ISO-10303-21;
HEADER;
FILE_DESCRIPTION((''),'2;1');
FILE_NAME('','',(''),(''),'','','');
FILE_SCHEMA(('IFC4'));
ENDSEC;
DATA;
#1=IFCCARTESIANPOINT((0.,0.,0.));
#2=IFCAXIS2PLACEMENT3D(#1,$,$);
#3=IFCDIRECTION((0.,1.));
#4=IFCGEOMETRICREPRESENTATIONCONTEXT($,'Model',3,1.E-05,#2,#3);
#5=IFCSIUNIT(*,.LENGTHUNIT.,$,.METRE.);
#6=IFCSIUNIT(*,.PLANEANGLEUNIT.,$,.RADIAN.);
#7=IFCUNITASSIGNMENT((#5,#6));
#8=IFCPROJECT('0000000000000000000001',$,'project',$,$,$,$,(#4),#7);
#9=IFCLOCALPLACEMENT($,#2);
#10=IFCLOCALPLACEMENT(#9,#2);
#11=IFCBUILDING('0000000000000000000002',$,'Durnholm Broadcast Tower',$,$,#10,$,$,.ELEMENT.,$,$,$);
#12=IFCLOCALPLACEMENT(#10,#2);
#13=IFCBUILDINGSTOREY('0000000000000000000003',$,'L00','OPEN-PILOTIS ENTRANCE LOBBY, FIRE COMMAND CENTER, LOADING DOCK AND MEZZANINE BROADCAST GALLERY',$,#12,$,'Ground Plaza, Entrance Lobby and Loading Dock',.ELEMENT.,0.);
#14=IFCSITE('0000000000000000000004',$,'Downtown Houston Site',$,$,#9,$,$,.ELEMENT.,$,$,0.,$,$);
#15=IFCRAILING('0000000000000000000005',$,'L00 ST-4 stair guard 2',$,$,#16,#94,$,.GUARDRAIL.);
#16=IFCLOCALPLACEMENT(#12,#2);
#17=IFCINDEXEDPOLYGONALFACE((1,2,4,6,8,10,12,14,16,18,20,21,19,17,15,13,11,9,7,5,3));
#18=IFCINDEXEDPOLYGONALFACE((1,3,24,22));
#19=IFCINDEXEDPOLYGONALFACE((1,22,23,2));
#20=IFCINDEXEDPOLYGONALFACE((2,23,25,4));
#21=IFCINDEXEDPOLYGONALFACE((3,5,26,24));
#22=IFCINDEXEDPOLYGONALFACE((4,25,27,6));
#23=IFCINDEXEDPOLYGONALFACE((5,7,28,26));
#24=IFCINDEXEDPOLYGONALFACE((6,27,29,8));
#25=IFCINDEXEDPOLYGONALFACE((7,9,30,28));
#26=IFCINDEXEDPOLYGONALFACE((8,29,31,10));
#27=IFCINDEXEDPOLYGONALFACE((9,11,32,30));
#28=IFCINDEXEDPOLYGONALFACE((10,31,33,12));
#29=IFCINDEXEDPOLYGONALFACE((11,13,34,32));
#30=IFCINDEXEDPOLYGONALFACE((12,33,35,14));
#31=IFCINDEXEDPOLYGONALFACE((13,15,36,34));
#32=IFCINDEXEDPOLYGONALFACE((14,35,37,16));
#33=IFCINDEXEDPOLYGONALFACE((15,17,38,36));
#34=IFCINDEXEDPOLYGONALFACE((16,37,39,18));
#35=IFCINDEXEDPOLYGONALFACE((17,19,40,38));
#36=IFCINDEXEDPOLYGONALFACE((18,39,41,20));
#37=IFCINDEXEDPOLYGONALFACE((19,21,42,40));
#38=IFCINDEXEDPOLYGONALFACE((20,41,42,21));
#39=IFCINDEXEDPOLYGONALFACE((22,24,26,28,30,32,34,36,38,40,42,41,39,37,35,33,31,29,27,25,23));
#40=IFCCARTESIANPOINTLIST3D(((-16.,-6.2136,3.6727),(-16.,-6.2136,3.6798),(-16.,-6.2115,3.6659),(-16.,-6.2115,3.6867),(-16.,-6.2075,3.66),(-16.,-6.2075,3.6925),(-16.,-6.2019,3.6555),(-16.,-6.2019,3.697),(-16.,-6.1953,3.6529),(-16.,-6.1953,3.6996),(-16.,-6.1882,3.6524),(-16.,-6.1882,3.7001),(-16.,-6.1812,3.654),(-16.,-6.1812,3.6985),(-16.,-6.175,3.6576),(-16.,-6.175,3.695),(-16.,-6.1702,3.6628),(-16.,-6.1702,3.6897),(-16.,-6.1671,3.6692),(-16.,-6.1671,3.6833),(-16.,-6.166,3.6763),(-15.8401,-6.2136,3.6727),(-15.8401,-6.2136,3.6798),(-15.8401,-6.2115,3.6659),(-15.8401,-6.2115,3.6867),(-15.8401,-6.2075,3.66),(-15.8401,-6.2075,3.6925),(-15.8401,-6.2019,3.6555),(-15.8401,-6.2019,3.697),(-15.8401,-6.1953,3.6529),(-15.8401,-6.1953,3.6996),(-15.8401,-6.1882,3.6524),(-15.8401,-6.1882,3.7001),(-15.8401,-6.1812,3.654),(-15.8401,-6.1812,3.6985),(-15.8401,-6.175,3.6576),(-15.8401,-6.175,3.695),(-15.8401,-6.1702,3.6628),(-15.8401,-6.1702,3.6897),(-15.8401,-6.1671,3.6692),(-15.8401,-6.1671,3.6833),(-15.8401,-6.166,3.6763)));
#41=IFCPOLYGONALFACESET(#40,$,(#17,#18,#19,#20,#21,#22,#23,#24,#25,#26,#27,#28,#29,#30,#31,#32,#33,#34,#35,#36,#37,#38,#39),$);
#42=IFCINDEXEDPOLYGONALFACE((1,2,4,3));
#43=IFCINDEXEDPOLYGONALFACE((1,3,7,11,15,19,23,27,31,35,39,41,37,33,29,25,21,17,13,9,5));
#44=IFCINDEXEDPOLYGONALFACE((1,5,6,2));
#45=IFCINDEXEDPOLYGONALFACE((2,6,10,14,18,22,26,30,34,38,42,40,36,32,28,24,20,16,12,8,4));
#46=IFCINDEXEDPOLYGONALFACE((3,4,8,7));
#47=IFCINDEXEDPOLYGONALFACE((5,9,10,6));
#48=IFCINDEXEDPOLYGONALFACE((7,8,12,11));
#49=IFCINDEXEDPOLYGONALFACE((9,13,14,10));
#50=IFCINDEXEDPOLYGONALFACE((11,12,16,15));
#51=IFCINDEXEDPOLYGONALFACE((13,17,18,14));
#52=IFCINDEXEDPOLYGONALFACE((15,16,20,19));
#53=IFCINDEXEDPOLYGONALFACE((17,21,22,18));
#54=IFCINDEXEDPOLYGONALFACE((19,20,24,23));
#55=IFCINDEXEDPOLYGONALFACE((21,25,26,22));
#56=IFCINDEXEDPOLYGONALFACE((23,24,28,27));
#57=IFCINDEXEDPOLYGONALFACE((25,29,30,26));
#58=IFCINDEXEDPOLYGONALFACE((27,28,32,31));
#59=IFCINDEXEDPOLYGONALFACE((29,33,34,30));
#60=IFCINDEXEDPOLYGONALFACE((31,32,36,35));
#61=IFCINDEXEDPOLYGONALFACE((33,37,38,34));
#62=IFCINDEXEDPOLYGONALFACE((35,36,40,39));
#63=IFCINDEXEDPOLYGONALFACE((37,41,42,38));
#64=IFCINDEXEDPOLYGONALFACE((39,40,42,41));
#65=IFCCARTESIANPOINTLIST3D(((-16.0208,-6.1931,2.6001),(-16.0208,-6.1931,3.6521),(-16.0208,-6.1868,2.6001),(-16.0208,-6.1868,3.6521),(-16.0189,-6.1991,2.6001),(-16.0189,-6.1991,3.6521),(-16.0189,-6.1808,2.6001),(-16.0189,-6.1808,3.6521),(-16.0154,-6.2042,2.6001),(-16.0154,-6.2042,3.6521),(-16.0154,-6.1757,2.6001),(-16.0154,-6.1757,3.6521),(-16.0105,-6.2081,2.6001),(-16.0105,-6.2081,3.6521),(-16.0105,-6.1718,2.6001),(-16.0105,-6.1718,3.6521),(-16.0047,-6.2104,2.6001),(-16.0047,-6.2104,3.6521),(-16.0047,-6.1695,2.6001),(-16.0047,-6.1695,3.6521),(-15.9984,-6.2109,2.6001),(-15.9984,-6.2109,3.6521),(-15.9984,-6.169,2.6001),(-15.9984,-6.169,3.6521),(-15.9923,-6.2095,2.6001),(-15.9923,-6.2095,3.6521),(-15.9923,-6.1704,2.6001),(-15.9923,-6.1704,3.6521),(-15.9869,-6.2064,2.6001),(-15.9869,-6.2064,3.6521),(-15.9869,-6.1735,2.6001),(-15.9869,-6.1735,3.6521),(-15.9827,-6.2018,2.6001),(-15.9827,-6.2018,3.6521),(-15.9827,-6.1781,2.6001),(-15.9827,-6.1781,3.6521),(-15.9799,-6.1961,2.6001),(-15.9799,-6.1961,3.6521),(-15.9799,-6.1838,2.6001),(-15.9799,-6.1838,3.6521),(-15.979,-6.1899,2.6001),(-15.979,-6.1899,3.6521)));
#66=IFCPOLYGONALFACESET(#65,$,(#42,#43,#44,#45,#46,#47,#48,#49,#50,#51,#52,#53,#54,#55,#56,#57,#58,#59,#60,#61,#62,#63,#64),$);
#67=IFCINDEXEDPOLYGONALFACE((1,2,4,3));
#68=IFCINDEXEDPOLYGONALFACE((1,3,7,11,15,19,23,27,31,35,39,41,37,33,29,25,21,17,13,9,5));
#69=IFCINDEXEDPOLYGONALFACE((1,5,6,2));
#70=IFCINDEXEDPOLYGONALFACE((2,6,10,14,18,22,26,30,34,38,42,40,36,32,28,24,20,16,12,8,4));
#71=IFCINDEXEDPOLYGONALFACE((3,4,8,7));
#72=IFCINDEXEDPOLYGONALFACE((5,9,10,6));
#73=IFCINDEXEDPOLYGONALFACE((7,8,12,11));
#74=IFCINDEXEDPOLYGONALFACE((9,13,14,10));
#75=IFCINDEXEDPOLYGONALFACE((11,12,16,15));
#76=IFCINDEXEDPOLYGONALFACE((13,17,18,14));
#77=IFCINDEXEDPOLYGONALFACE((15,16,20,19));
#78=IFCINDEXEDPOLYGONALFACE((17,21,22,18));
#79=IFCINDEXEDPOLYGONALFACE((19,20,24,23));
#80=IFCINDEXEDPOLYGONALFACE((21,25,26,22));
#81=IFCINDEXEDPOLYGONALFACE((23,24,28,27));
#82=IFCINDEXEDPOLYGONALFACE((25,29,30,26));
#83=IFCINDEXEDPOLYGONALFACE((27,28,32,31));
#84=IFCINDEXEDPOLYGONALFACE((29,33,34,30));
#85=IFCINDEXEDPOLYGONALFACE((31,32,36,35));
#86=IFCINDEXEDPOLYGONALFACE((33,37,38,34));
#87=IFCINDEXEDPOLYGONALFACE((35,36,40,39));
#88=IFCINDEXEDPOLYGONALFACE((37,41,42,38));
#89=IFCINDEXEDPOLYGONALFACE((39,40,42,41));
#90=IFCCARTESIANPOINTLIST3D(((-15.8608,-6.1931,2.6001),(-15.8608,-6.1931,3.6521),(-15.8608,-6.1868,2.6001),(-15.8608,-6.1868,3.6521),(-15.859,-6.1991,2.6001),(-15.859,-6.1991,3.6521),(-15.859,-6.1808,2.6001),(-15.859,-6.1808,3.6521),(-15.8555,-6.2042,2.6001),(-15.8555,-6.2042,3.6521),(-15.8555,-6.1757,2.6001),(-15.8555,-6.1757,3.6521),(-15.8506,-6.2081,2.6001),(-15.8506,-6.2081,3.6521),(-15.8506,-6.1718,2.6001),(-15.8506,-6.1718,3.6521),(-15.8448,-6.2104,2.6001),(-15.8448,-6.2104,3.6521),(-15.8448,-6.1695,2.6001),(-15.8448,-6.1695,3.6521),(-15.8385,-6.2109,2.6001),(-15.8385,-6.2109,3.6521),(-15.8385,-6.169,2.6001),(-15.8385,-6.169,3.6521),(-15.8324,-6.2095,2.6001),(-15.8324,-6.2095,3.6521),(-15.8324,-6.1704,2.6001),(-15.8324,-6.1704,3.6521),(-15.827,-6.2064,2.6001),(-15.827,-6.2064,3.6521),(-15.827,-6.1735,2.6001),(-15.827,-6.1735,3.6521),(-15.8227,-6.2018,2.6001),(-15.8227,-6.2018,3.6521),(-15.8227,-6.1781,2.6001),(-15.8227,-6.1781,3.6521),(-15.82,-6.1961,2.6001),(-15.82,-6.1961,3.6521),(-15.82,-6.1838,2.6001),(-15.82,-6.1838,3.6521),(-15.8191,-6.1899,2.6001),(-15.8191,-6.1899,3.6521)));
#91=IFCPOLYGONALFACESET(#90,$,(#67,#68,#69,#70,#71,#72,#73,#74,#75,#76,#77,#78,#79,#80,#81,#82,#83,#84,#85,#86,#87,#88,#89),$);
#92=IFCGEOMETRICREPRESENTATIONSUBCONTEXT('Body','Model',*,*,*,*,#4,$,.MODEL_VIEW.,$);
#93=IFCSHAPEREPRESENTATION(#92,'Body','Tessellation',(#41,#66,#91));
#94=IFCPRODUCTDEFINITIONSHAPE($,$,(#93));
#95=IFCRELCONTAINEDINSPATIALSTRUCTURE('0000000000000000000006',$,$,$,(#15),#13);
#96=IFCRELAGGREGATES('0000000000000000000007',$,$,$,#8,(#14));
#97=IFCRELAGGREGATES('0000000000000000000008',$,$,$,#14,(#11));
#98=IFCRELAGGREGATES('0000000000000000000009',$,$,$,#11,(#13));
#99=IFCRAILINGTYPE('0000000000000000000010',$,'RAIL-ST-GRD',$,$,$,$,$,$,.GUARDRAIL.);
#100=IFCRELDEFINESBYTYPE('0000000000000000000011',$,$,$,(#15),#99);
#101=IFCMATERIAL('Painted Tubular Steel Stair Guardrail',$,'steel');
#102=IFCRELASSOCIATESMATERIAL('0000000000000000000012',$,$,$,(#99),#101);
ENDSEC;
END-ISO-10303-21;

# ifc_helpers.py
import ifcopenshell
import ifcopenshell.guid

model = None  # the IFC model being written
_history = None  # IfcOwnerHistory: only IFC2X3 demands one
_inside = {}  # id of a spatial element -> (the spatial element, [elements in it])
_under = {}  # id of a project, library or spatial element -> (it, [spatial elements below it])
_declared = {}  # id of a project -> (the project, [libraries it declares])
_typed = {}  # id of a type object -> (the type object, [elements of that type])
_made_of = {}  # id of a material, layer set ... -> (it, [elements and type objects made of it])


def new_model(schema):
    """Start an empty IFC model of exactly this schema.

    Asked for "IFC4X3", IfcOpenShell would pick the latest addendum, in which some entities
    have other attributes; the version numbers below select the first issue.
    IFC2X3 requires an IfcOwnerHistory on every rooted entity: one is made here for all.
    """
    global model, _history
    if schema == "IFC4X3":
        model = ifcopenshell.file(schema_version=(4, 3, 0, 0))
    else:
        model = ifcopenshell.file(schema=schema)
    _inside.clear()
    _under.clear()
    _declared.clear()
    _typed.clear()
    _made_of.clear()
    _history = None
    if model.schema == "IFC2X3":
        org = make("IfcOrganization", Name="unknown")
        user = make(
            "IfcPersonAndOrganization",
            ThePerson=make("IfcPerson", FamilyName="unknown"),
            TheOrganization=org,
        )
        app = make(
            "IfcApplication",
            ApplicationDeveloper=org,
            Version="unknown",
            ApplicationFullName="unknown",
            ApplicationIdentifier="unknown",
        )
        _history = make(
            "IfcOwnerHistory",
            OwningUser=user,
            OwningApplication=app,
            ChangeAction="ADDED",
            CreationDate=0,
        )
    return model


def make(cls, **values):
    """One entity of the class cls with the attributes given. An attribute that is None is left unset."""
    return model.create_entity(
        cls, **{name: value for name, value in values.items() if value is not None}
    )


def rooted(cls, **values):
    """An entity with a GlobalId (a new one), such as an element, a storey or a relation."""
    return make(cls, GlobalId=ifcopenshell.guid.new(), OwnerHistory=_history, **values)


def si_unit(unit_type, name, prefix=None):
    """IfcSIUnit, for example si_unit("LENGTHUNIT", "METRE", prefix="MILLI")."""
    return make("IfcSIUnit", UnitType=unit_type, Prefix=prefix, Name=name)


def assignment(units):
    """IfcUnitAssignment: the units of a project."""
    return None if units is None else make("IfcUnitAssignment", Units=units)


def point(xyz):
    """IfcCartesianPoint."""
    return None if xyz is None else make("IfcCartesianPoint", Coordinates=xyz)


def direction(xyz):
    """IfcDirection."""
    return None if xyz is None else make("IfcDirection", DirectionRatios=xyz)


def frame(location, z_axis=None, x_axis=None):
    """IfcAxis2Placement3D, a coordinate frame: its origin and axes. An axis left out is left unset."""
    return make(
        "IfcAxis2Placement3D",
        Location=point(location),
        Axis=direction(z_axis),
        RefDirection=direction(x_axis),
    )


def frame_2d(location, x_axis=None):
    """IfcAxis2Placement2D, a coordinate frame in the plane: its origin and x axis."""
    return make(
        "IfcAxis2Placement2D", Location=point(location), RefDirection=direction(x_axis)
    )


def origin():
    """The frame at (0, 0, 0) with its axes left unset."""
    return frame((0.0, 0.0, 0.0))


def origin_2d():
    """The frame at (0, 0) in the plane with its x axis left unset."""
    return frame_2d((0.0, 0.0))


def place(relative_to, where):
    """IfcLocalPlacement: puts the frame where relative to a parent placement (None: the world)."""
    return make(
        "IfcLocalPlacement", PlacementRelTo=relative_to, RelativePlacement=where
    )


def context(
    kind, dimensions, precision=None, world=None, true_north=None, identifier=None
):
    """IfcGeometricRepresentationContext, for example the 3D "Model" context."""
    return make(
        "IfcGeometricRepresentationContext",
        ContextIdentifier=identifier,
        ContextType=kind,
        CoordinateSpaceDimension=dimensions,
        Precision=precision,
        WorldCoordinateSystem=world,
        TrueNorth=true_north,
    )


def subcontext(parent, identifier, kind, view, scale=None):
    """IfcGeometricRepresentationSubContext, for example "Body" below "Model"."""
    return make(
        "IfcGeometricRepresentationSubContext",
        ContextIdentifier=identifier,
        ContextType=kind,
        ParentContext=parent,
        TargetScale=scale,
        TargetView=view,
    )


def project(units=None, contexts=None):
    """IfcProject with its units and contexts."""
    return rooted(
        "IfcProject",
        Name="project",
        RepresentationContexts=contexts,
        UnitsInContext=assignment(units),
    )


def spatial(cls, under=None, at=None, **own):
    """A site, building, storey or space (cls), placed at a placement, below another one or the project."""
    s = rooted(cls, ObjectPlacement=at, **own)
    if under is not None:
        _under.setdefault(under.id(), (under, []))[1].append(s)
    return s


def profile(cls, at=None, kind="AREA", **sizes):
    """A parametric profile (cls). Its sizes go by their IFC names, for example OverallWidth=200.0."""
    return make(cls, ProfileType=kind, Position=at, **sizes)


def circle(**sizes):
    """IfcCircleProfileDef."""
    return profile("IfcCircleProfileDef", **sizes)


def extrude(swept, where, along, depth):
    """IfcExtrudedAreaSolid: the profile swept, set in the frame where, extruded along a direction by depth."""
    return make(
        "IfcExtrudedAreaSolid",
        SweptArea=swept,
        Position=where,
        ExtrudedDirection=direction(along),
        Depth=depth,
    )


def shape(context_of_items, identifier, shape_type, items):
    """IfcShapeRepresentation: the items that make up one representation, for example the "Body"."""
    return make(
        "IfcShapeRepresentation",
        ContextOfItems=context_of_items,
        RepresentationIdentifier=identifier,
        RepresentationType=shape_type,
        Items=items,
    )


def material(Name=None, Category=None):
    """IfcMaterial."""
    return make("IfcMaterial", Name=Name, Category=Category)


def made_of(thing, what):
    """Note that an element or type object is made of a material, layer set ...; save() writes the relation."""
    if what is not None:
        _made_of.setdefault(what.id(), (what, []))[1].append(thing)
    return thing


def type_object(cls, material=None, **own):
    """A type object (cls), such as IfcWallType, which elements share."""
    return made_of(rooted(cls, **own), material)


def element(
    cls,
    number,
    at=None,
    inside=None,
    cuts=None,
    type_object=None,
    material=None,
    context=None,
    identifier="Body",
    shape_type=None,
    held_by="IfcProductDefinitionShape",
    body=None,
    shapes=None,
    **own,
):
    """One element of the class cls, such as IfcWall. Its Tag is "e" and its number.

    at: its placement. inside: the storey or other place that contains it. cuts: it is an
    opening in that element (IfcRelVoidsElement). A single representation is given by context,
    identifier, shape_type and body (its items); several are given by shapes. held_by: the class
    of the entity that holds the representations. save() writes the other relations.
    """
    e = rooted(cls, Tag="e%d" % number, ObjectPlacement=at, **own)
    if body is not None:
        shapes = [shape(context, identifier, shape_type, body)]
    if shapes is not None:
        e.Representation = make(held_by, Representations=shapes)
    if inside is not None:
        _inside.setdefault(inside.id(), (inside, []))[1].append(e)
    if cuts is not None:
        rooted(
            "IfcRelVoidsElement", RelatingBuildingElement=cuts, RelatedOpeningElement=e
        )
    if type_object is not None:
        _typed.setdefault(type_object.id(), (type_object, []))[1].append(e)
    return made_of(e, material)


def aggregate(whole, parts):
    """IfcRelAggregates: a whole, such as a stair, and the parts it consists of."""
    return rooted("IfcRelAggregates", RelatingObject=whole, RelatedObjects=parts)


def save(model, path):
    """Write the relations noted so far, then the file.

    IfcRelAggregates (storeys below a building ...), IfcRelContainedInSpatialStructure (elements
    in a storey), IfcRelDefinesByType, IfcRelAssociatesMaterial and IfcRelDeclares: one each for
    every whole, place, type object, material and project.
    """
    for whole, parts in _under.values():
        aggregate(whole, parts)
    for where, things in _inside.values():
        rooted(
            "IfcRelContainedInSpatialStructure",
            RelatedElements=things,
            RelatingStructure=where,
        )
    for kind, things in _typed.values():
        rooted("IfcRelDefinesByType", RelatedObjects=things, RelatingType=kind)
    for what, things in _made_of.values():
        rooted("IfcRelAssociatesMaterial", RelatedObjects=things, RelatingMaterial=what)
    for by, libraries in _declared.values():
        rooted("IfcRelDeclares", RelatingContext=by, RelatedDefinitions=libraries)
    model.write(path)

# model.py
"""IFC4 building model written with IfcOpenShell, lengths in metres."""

from ifc_helpers import new_model, si_unit, direction, frame, origin, origin_2d, place, context, subcontext, project, spatial, circle, extrude, material, type_object, element, save


model = new_model("IFC4")

# Units and contexts
model_context = context("Model", 3, precision=1e-05, world=origin(), true_north=direction((0.0, 1.0)))
body_context = subcontext(model_context, "Body", "Model", "MODEL_VIEW")
ifc_project = project(units=[si_unit("LENGTHUNIT", "METRE"), si_unit("PLANEANGLEUNIT", "RADIAN")], contexts=[model_context])

# Site, building, storey
site_placement = place(None, origin())
site = spatial("IfcSite", under=ifc_project, at=site_placement, Name="Downtown Houston Site", CompositionType="ELEMENT", RefElevation=0.0)
building_placement = place(site_placement, origin())
building = spatial("IfcBuilding", under=site, at=building_placement, Name="Durnholm Broadcast Tower", CompositionType="ELEMENT")
storey_placement = place(building_placement, origin())
storey = spatial("IfcBuildingStorey", under=building, at=storey_placement, Name="L00", Description="OPEN-PILOTIS ENTRANCE LOBBY, FIRE COMMAND CENTER, LOADING DOCK AND MEZZANINE BROADCAST GALLERY", LongName="Ground Plaza, Entrance Lobby and Loading Dock", CompositionType="ELEMENT", Elevation=0.0)

# Railing
ifc_material_1 = material(Name="Painted Tubular Steel Stair Guardrail", Category="steel")
railing_type_1 = type_object("IfcRailingType", Name="RAIL-ST-GRD", PredefinedType="GUARDRAIL", material=ifc_material_1)
railing_1_placement = place(storey_placement, frame((-16.0, -6.1899, 2.6001)))
element("IfcRailing", 1, at=railing_1_placement, inside=storey, type_object=railing_type_1, Name="L00 ST-4 stair guard 2", PredefinedType="GUARDRAIL", context=body_context, shape_type="SweptSolid", body=[
    extrude(circle(Radius=0.0239, at=origin_2d()), frame((0.0, 0.0, 1.0762), z_axis=(1.0, 0.0, 0.0), x_axis=(0.0, 1.0, 0.0)), (0.0, 0.0, 1.0), 0.1599),
    extrude(circle(Radius=0.021, at=origin_2d()), origin(), (0.0, 0.0, 1.0), 1.052),
    extrude(circle(Radius=0.021, at=origin_2d()), frame((0.1599, 0.0, 0.0)), (0.0, 0.0, 1.0), 1.052),
])

save(model, "model.ifc")
